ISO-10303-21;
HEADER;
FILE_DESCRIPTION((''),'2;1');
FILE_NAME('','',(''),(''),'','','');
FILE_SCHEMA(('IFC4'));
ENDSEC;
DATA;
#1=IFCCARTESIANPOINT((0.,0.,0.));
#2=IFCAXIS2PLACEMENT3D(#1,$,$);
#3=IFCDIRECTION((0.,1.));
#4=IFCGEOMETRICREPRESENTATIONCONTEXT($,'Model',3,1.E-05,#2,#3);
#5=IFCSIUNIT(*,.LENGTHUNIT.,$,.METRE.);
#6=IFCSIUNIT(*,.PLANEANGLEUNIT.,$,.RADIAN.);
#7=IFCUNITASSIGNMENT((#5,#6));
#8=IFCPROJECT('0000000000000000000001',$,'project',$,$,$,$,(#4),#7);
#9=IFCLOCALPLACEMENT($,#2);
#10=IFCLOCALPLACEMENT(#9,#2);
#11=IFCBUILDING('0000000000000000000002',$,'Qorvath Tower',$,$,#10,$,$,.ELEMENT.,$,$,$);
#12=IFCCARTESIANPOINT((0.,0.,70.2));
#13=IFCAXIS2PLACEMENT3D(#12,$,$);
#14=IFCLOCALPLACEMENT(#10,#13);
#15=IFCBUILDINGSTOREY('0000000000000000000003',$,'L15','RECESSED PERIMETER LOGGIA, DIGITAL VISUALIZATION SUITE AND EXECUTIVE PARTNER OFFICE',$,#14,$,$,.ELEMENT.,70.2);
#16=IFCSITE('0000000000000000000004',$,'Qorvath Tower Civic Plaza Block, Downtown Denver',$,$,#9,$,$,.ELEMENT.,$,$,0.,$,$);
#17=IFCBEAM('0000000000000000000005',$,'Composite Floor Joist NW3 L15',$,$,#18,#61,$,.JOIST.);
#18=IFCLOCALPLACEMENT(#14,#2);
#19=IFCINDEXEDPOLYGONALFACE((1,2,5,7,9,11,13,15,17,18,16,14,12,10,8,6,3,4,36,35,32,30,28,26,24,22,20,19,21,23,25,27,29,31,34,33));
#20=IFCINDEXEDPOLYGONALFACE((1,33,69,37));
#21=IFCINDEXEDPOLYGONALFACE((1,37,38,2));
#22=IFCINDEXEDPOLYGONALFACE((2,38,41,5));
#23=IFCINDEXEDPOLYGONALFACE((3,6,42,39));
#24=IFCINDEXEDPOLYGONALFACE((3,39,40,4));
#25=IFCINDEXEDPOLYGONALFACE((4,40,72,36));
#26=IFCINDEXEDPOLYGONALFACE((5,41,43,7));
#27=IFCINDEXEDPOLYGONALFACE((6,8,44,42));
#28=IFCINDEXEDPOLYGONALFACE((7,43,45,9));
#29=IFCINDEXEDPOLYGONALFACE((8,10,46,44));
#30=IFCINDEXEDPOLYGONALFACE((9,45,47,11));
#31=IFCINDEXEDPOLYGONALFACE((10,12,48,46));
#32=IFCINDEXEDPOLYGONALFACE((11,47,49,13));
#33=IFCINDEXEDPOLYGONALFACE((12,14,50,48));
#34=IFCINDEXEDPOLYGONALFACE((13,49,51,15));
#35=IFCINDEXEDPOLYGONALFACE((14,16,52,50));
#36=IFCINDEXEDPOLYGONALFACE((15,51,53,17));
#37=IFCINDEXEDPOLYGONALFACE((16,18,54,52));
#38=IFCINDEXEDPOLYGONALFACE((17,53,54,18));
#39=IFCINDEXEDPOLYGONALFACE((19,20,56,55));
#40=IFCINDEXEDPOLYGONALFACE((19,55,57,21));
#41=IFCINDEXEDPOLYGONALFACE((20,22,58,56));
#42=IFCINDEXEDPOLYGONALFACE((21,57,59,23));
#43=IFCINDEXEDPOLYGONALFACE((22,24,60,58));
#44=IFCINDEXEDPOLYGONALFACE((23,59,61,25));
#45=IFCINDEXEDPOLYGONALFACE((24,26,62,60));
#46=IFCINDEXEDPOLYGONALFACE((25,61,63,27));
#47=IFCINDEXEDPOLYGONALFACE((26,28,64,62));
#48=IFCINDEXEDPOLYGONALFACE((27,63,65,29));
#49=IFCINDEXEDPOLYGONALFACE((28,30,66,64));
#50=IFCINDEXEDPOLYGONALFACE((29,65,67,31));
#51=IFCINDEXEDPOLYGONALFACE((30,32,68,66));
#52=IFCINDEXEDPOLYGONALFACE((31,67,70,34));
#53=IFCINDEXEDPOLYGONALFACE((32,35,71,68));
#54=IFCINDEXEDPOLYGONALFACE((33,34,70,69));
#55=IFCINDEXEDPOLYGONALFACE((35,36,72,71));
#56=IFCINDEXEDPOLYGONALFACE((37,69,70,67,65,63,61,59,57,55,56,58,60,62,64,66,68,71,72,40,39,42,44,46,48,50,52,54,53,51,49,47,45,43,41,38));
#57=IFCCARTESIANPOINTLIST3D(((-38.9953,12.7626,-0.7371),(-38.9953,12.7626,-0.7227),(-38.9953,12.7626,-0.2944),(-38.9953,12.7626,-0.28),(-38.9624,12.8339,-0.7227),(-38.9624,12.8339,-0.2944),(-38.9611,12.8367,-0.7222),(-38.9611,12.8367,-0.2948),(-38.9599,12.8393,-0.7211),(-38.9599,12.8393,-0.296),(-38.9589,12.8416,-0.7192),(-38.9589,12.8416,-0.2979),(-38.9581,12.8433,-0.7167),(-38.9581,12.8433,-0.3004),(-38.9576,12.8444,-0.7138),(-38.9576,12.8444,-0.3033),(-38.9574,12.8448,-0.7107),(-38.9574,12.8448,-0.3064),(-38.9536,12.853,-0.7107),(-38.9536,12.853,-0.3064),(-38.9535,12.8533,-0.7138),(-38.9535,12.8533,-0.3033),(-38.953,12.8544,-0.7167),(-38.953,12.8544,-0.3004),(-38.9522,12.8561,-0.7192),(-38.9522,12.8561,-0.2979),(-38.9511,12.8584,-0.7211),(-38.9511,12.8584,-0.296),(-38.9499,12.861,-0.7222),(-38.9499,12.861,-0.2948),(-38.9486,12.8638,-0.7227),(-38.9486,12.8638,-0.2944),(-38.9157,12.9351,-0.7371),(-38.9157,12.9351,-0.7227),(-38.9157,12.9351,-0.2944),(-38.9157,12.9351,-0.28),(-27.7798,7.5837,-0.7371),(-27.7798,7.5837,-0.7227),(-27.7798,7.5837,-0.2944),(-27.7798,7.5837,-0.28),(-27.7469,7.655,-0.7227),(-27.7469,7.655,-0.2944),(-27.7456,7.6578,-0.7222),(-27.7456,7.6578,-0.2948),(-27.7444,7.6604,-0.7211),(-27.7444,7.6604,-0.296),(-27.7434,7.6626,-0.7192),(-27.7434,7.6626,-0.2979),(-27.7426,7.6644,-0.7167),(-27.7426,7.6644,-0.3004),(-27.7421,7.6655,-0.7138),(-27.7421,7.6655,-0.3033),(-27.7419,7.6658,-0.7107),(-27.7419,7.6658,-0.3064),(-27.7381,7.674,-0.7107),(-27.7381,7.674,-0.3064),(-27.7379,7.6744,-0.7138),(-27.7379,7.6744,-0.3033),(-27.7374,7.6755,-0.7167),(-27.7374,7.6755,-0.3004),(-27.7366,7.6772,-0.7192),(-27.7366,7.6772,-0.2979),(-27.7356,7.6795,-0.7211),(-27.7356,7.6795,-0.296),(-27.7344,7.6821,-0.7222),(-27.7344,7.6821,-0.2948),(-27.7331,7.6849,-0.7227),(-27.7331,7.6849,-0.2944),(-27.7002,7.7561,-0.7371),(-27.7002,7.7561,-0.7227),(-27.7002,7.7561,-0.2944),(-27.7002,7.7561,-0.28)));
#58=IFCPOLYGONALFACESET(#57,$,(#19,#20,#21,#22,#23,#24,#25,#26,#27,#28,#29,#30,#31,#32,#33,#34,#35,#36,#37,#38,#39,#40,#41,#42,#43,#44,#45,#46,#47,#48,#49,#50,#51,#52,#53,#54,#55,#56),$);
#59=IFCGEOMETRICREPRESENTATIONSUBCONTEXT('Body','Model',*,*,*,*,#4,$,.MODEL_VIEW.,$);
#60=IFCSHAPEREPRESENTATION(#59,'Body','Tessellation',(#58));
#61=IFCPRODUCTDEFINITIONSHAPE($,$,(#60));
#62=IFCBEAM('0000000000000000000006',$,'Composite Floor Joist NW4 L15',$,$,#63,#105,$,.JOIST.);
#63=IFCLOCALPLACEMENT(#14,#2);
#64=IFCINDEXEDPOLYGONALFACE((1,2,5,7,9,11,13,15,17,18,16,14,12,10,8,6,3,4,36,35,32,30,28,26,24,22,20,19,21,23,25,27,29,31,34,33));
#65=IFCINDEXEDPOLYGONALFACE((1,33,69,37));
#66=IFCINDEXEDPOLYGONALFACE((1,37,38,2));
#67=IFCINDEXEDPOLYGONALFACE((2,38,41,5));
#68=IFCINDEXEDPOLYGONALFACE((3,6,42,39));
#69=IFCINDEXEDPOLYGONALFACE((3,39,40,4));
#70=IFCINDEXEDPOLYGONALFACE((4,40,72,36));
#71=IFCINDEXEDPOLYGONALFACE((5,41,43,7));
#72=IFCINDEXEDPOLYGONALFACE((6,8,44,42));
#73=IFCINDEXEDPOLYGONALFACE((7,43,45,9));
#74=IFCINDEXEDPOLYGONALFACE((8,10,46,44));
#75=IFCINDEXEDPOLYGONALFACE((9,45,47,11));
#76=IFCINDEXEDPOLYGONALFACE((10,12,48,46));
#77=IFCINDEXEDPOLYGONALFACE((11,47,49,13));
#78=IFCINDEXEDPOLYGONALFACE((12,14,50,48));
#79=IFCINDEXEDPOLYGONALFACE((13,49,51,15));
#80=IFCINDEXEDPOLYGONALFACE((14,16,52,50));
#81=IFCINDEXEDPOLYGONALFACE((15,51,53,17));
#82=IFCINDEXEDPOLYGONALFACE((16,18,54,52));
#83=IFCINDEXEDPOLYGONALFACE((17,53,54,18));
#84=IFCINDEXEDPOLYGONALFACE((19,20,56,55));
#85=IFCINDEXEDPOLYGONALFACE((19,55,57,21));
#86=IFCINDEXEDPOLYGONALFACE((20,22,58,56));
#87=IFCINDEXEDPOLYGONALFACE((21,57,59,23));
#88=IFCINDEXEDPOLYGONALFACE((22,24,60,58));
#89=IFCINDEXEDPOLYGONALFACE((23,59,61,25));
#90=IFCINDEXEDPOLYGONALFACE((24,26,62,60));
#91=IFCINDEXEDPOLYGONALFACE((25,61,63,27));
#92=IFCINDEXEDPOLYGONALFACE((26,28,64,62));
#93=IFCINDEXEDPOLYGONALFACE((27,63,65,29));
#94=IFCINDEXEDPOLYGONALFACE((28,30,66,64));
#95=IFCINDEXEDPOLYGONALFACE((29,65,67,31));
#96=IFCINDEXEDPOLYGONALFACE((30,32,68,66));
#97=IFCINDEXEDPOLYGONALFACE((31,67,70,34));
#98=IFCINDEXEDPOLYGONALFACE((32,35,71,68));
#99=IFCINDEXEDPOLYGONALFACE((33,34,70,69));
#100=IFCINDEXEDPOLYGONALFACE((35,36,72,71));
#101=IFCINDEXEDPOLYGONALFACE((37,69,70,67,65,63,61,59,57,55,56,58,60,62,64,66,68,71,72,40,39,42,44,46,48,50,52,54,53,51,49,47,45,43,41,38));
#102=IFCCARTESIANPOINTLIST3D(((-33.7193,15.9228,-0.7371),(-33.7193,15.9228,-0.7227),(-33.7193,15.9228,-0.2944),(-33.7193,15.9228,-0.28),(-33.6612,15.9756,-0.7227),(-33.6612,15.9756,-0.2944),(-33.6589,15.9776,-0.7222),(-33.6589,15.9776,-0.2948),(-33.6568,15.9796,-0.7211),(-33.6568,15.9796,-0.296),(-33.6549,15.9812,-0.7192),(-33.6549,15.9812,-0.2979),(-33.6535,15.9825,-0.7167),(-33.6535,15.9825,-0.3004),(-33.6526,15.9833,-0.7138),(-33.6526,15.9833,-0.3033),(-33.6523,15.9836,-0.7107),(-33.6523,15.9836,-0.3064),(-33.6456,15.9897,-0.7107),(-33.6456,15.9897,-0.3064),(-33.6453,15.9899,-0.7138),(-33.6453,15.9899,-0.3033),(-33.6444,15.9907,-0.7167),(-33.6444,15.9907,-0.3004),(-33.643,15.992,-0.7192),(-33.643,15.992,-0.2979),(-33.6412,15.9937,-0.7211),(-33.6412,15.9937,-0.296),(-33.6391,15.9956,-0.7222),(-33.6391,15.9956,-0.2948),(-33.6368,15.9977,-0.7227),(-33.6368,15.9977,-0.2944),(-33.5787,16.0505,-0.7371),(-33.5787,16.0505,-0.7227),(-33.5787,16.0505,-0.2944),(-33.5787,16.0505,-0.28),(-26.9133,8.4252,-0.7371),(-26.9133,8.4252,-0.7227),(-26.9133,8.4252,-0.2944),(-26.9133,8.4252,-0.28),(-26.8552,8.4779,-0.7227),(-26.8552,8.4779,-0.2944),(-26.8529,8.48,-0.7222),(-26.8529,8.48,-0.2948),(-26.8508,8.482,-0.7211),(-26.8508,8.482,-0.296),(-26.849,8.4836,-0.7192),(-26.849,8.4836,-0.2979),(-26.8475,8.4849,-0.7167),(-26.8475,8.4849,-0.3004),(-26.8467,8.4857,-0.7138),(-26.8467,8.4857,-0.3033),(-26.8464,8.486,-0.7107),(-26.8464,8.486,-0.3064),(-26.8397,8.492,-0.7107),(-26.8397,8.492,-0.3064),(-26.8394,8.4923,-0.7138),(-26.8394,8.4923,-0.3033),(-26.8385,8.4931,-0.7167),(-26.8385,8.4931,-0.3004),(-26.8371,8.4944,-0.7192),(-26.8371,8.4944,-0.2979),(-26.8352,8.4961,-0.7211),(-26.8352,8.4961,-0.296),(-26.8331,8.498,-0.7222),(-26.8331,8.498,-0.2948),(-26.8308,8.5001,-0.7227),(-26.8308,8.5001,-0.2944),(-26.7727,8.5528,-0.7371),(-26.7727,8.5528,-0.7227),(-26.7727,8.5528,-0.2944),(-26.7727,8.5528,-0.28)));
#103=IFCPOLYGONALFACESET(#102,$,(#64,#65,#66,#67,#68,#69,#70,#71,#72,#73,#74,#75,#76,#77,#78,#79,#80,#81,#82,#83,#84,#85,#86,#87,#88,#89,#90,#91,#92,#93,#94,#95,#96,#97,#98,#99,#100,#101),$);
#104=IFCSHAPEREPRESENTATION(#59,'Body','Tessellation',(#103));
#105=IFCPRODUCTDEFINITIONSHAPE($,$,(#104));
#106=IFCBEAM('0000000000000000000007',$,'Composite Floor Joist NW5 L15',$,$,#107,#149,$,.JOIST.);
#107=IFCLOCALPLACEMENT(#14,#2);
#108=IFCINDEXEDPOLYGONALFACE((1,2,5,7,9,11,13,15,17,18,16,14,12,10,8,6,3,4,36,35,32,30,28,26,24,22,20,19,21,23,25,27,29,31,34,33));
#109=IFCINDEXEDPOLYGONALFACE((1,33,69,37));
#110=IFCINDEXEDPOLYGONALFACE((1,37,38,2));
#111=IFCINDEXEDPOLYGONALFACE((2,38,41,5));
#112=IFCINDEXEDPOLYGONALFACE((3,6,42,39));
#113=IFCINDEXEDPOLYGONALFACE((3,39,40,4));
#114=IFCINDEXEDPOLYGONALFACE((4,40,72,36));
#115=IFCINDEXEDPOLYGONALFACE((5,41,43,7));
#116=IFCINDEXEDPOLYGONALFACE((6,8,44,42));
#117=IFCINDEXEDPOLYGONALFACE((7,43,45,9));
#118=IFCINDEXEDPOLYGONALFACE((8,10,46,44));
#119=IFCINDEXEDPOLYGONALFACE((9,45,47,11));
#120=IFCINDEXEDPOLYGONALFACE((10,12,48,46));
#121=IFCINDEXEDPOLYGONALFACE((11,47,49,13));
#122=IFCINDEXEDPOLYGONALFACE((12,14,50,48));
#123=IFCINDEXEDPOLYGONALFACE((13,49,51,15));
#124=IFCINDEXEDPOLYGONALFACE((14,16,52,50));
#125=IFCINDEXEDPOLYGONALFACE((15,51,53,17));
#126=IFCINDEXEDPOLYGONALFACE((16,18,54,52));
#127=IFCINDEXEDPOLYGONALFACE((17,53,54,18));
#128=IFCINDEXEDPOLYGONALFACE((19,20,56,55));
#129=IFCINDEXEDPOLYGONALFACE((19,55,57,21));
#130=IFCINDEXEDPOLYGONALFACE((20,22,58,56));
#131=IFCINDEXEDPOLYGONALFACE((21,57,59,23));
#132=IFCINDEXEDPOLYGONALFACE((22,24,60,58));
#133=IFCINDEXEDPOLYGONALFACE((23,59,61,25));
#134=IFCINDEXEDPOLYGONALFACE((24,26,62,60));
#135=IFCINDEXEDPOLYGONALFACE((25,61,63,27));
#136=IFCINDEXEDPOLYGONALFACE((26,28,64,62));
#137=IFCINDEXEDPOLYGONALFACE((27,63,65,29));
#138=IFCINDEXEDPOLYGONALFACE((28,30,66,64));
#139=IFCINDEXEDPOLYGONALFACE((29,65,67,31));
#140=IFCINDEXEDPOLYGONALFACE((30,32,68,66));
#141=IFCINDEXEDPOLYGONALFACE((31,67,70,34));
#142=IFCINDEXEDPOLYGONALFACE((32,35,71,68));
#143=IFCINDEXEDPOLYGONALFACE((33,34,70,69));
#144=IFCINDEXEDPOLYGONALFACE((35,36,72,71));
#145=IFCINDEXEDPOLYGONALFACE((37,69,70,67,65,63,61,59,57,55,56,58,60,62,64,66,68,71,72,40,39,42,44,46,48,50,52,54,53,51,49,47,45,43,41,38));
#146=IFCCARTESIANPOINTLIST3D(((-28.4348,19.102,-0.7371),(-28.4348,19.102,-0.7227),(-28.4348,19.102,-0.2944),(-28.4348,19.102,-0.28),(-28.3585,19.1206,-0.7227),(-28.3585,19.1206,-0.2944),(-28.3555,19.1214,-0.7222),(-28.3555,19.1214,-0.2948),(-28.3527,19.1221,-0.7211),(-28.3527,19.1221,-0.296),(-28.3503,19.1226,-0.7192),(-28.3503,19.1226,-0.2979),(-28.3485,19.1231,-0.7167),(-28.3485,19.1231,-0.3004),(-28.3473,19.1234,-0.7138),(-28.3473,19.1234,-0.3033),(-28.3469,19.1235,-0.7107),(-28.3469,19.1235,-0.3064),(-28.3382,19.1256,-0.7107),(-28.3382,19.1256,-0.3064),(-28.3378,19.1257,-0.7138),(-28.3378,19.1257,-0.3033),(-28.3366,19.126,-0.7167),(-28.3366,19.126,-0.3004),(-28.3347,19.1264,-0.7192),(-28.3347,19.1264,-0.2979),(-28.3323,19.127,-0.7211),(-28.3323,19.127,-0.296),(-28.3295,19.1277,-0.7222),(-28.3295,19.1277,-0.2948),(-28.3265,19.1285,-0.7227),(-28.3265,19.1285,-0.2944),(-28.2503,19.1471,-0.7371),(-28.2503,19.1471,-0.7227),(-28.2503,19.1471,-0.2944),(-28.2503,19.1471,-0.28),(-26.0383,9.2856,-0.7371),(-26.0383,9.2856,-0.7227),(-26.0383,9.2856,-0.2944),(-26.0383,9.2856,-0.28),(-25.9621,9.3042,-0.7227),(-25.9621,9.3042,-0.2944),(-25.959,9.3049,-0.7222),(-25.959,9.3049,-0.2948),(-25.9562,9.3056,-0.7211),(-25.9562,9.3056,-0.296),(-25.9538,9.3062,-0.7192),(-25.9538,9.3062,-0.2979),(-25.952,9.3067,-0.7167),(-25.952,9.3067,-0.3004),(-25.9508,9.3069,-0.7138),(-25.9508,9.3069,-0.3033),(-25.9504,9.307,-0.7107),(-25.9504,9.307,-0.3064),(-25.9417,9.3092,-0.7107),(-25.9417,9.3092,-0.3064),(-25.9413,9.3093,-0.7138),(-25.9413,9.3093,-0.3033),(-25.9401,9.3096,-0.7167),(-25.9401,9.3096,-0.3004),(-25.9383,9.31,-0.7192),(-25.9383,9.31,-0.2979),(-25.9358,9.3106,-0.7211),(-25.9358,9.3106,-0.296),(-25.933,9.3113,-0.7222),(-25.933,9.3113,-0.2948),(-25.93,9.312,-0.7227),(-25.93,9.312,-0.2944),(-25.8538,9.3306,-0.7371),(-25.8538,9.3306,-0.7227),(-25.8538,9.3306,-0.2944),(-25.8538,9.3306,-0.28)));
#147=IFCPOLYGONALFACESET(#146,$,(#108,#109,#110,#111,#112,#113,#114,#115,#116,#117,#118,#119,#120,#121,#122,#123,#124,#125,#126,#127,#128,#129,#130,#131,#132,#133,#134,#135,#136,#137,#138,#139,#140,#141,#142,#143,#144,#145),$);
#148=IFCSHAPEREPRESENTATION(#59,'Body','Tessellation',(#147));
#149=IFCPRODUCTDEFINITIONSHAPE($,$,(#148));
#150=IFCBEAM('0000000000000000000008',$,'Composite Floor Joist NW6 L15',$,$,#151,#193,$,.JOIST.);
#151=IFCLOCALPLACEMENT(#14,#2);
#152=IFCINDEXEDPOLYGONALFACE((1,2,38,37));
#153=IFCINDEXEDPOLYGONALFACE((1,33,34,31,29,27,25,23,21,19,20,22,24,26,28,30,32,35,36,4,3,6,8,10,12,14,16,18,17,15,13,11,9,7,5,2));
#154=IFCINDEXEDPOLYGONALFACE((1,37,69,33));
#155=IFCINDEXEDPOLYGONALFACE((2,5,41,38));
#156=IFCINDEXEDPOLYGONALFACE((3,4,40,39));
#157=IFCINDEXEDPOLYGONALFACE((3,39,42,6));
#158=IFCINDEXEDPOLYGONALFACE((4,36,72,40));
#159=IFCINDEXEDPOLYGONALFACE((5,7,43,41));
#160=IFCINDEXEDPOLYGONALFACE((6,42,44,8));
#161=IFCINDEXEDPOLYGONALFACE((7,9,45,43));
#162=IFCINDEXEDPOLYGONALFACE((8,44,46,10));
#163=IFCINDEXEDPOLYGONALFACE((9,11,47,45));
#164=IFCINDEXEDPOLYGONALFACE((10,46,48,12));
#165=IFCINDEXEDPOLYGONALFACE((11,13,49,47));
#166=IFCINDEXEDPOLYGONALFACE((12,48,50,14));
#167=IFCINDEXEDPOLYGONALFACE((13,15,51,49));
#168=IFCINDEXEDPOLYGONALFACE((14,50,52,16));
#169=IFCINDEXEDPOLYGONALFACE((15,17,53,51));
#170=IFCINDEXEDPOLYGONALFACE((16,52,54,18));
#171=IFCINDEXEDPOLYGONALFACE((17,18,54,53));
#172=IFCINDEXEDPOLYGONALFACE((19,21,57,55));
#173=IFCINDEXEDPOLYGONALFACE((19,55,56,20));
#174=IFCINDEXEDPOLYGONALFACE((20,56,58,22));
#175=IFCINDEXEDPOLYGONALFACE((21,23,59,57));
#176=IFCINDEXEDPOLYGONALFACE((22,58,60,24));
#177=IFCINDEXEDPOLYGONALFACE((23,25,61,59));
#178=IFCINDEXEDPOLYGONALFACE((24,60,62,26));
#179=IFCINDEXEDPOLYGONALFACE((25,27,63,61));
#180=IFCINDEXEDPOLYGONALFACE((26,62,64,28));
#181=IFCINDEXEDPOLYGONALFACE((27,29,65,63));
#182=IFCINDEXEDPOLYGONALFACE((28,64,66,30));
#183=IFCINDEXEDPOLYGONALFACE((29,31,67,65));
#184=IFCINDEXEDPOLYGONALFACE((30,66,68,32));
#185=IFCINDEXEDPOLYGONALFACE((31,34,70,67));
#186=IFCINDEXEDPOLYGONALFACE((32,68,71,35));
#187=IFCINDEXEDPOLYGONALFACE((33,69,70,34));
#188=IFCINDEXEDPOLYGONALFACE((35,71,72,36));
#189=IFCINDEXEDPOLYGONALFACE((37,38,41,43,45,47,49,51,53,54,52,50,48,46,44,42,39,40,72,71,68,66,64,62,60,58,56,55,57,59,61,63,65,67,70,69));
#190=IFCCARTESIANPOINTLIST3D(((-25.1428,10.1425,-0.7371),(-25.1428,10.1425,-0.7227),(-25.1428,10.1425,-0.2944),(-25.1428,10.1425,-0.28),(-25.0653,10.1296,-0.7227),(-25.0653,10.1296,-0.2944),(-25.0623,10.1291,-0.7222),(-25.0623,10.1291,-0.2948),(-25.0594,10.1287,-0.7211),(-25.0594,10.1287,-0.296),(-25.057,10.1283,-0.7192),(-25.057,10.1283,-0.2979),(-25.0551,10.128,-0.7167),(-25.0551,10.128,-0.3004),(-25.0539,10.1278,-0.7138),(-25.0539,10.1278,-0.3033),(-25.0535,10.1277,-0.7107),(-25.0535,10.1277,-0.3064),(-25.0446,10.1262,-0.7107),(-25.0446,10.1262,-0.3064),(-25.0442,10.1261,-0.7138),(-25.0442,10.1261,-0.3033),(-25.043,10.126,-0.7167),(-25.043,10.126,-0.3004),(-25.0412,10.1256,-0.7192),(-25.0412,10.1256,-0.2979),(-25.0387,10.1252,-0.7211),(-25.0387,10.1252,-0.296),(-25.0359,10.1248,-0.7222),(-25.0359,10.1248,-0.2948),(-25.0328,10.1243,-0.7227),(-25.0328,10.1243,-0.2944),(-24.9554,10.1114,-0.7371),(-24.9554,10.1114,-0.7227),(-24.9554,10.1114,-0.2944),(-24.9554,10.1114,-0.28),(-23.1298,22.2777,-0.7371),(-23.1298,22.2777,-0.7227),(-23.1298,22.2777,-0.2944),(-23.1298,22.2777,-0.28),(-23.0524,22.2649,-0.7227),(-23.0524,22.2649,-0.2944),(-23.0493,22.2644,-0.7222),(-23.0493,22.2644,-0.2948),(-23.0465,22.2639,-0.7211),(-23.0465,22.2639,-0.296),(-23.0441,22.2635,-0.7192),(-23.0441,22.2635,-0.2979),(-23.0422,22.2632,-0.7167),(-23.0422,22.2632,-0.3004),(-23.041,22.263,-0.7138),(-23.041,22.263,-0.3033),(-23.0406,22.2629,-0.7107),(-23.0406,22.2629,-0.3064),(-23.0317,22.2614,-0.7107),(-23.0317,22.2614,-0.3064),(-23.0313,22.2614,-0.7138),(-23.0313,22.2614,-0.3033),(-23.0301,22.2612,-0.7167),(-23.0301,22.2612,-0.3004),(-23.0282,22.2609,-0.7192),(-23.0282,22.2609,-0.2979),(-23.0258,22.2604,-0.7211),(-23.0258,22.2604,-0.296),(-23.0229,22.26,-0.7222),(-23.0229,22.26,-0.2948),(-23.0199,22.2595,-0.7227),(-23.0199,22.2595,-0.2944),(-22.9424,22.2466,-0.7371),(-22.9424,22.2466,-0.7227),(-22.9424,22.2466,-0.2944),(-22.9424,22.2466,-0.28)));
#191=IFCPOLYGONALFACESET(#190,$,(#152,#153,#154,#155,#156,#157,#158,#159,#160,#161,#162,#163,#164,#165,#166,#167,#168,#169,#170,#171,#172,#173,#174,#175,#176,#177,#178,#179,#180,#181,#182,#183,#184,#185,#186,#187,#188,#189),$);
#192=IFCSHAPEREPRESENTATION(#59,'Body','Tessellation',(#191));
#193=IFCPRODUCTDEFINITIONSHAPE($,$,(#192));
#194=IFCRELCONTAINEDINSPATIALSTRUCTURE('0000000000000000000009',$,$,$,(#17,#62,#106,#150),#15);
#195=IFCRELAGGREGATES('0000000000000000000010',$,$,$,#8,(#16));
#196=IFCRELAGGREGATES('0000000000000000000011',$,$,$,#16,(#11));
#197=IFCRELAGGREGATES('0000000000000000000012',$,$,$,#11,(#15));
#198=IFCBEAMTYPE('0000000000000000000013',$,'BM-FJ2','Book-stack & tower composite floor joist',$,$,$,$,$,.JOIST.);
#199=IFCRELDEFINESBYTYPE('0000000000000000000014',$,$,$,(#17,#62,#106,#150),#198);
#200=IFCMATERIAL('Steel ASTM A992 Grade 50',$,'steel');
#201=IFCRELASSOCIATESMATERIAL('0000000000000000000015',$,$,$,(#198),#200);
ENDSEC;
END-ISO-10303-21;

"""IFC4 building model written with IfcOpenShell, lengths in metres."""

from ifc_helpers import new_model, si_unit, direction, frame, origin, origin_2d, place, context, subcontext, project, spatial, i_section, extrude, material, material_profile, profile_set, type_object, element, save


model = new_model("IFC4")

# Units and contexts
model_context = context("Model", 3, precision=1e-05, world=origin(), true_north=direction((0.0, 1.0)))
body_context = subcontext(model_context, "Body", "Model", "MODEL_VIEW")
ifc_project = project(units=[si_unit("LENGTHUNIT", "METRE"), si_unit("PLANEANGLEUNIT", "RADIAN")], contexts=[model_context])

# Site, building, storey
site_placement = place(None, origin())
site = spatial("IfcSite", under=ifc_project, at=site_placement, Name="Qorvath Tower Civic Plaza Block, Downtown Denver", CompositionType="ELEMENT", RefElevation=0.0)
building_placement = place(site_placement, origin())
building = spatial("IfcBuilding", under=site, at=building_placement, Name="Qorvath Tower", CompositionType="ELEMENT")
storey_placement = place(building_placement, frame((0.0, 0.0, 70.2)))
storey = spatial("IfcBuildingStorey", under=building, at=storey_placement, Name="L15", Description="RECESSED PERIMETER LOGGIA, DIGITAL VISUALIZATION SUITE AND EXECUTIVE PARTNER OFFICE", CompositionType="ELEMENT", Elevation=70.2)

# Beams
ifc_material_1 = material(Name="Steel ASTM A992 Grade 50", Category="steel")
ifc_material_profile_1 = material_profile(ifc_material_1, i_section(OverallWidth=0.1899, OverallDepth=0.457, WebThickness=0.009, FlangeThickness=0.0144, FilletRadius=0.012, at=origin_2d()), Name="W18x50")
ifc_profile_set_1 = profile_set([ifc_material_profile_1], Name="Steel ASTM A992 Grade 50")
beam_type_1 = type_object("IfcBeamType", Name="BM-FJ2", Description="Book-stack & tower composite floor joist", PredefinedType="JOIST", material=ifc_profile_set_1)
beam_1_placement = place(storey_placement, frame((-27.74, 7.6699, -0.5085), z_axis=(-0.907881, 0.419227, 0.0), x_axis=(-0.419227, -0.907881, 0.0)))
element("IfcBeam", 1, at=beam_1_placement, inside=storey, type_object=beam_type_1, Name="Composite Floor Joist NW3 L15", PredefinedType="JOIST", context=body_context, shape_type="SweptSolid", body=[
    extrude(i_section(OverallWidth=0.1899, OverallDepth=0.457, WebThickness=0.009, FlangeThickness=0.0144, FilletRadius=0.012, at=origin_2d()), origin(), (0.0, 0.0, 1.0), 12.3535),
])
beam_2_placement = place(storey_placement, frame((-26.843, 8.489, -0.5085), z_axis=(-0.672129, 0.740434, 0.0), x_axis=(-0.740434, -0.672129, 0.0)))
element("IfcBeam", 2, at=beam_2_placement, inside=storey, type_object=beam_type_1, Name="Composite Floor Joist NW4 L15", PredefinedType="JOIST", context=body_context, shape_type="SweptSolid", body=[
    extrude(i_section(OverallWidth=0.1899, OverallDepth=0.457, WebThickness=0.009, FlangeThickness=0.0144, FilletRadius=0.012, at=origin_2d()), origin(), (0.0, 0.0, 1.0), 10.126),
])
beam_3_placement = place(storey_placement, frame((-25.946, 9.3081, -0.5085), z_axis=(-0.237165, 0.971469, 0.0), x_axis=(-0.971469, -0.237165, 0.0)))
element("IfcBeam", 3, at=beam_3_placement, inside=storey, type_object=beam_type_1, Name="Composite Floor Joist NW5 L15", PredefinedType="JOIST", context=body_context, shape_type="SweptSolid", body=[
    extrude(i_section(OverallWidth=0.1899, OverallDepth=0.457, WebThickness=0.009, FlangeThickness=0.0144, FilletRadius=0.012, at=origin_2d()), origin(), (0.0, 0.0, 1.0), 10.1047),
])
beam_4_placement = place(storey_placement, frame((-25.0491, 10.127, -0.5085), z_axis=(0.163639, 0.98652, 0.0), x_axis=(-0.98652, 0.163639, 0.0)))
element("IfcBeam", 4, at=beam_4_placement, inside=storey, type_object=beam_type_1, Name="Composite Floor Joist NW6 L15", PredefinedType="JOIST", context=body_context, shape_type="SweptSolid", body=[
    extrude(i_section(OverallWidth=0.1899, OverallDepth=0.457, WebThickness=0.009, FlangeThickness=0.0144, FilletRadius=0.012, at=origin_2d()), origin(), (0.0, 0.0, 1.0), 12.301),
])

save(model, "model.ifc")
